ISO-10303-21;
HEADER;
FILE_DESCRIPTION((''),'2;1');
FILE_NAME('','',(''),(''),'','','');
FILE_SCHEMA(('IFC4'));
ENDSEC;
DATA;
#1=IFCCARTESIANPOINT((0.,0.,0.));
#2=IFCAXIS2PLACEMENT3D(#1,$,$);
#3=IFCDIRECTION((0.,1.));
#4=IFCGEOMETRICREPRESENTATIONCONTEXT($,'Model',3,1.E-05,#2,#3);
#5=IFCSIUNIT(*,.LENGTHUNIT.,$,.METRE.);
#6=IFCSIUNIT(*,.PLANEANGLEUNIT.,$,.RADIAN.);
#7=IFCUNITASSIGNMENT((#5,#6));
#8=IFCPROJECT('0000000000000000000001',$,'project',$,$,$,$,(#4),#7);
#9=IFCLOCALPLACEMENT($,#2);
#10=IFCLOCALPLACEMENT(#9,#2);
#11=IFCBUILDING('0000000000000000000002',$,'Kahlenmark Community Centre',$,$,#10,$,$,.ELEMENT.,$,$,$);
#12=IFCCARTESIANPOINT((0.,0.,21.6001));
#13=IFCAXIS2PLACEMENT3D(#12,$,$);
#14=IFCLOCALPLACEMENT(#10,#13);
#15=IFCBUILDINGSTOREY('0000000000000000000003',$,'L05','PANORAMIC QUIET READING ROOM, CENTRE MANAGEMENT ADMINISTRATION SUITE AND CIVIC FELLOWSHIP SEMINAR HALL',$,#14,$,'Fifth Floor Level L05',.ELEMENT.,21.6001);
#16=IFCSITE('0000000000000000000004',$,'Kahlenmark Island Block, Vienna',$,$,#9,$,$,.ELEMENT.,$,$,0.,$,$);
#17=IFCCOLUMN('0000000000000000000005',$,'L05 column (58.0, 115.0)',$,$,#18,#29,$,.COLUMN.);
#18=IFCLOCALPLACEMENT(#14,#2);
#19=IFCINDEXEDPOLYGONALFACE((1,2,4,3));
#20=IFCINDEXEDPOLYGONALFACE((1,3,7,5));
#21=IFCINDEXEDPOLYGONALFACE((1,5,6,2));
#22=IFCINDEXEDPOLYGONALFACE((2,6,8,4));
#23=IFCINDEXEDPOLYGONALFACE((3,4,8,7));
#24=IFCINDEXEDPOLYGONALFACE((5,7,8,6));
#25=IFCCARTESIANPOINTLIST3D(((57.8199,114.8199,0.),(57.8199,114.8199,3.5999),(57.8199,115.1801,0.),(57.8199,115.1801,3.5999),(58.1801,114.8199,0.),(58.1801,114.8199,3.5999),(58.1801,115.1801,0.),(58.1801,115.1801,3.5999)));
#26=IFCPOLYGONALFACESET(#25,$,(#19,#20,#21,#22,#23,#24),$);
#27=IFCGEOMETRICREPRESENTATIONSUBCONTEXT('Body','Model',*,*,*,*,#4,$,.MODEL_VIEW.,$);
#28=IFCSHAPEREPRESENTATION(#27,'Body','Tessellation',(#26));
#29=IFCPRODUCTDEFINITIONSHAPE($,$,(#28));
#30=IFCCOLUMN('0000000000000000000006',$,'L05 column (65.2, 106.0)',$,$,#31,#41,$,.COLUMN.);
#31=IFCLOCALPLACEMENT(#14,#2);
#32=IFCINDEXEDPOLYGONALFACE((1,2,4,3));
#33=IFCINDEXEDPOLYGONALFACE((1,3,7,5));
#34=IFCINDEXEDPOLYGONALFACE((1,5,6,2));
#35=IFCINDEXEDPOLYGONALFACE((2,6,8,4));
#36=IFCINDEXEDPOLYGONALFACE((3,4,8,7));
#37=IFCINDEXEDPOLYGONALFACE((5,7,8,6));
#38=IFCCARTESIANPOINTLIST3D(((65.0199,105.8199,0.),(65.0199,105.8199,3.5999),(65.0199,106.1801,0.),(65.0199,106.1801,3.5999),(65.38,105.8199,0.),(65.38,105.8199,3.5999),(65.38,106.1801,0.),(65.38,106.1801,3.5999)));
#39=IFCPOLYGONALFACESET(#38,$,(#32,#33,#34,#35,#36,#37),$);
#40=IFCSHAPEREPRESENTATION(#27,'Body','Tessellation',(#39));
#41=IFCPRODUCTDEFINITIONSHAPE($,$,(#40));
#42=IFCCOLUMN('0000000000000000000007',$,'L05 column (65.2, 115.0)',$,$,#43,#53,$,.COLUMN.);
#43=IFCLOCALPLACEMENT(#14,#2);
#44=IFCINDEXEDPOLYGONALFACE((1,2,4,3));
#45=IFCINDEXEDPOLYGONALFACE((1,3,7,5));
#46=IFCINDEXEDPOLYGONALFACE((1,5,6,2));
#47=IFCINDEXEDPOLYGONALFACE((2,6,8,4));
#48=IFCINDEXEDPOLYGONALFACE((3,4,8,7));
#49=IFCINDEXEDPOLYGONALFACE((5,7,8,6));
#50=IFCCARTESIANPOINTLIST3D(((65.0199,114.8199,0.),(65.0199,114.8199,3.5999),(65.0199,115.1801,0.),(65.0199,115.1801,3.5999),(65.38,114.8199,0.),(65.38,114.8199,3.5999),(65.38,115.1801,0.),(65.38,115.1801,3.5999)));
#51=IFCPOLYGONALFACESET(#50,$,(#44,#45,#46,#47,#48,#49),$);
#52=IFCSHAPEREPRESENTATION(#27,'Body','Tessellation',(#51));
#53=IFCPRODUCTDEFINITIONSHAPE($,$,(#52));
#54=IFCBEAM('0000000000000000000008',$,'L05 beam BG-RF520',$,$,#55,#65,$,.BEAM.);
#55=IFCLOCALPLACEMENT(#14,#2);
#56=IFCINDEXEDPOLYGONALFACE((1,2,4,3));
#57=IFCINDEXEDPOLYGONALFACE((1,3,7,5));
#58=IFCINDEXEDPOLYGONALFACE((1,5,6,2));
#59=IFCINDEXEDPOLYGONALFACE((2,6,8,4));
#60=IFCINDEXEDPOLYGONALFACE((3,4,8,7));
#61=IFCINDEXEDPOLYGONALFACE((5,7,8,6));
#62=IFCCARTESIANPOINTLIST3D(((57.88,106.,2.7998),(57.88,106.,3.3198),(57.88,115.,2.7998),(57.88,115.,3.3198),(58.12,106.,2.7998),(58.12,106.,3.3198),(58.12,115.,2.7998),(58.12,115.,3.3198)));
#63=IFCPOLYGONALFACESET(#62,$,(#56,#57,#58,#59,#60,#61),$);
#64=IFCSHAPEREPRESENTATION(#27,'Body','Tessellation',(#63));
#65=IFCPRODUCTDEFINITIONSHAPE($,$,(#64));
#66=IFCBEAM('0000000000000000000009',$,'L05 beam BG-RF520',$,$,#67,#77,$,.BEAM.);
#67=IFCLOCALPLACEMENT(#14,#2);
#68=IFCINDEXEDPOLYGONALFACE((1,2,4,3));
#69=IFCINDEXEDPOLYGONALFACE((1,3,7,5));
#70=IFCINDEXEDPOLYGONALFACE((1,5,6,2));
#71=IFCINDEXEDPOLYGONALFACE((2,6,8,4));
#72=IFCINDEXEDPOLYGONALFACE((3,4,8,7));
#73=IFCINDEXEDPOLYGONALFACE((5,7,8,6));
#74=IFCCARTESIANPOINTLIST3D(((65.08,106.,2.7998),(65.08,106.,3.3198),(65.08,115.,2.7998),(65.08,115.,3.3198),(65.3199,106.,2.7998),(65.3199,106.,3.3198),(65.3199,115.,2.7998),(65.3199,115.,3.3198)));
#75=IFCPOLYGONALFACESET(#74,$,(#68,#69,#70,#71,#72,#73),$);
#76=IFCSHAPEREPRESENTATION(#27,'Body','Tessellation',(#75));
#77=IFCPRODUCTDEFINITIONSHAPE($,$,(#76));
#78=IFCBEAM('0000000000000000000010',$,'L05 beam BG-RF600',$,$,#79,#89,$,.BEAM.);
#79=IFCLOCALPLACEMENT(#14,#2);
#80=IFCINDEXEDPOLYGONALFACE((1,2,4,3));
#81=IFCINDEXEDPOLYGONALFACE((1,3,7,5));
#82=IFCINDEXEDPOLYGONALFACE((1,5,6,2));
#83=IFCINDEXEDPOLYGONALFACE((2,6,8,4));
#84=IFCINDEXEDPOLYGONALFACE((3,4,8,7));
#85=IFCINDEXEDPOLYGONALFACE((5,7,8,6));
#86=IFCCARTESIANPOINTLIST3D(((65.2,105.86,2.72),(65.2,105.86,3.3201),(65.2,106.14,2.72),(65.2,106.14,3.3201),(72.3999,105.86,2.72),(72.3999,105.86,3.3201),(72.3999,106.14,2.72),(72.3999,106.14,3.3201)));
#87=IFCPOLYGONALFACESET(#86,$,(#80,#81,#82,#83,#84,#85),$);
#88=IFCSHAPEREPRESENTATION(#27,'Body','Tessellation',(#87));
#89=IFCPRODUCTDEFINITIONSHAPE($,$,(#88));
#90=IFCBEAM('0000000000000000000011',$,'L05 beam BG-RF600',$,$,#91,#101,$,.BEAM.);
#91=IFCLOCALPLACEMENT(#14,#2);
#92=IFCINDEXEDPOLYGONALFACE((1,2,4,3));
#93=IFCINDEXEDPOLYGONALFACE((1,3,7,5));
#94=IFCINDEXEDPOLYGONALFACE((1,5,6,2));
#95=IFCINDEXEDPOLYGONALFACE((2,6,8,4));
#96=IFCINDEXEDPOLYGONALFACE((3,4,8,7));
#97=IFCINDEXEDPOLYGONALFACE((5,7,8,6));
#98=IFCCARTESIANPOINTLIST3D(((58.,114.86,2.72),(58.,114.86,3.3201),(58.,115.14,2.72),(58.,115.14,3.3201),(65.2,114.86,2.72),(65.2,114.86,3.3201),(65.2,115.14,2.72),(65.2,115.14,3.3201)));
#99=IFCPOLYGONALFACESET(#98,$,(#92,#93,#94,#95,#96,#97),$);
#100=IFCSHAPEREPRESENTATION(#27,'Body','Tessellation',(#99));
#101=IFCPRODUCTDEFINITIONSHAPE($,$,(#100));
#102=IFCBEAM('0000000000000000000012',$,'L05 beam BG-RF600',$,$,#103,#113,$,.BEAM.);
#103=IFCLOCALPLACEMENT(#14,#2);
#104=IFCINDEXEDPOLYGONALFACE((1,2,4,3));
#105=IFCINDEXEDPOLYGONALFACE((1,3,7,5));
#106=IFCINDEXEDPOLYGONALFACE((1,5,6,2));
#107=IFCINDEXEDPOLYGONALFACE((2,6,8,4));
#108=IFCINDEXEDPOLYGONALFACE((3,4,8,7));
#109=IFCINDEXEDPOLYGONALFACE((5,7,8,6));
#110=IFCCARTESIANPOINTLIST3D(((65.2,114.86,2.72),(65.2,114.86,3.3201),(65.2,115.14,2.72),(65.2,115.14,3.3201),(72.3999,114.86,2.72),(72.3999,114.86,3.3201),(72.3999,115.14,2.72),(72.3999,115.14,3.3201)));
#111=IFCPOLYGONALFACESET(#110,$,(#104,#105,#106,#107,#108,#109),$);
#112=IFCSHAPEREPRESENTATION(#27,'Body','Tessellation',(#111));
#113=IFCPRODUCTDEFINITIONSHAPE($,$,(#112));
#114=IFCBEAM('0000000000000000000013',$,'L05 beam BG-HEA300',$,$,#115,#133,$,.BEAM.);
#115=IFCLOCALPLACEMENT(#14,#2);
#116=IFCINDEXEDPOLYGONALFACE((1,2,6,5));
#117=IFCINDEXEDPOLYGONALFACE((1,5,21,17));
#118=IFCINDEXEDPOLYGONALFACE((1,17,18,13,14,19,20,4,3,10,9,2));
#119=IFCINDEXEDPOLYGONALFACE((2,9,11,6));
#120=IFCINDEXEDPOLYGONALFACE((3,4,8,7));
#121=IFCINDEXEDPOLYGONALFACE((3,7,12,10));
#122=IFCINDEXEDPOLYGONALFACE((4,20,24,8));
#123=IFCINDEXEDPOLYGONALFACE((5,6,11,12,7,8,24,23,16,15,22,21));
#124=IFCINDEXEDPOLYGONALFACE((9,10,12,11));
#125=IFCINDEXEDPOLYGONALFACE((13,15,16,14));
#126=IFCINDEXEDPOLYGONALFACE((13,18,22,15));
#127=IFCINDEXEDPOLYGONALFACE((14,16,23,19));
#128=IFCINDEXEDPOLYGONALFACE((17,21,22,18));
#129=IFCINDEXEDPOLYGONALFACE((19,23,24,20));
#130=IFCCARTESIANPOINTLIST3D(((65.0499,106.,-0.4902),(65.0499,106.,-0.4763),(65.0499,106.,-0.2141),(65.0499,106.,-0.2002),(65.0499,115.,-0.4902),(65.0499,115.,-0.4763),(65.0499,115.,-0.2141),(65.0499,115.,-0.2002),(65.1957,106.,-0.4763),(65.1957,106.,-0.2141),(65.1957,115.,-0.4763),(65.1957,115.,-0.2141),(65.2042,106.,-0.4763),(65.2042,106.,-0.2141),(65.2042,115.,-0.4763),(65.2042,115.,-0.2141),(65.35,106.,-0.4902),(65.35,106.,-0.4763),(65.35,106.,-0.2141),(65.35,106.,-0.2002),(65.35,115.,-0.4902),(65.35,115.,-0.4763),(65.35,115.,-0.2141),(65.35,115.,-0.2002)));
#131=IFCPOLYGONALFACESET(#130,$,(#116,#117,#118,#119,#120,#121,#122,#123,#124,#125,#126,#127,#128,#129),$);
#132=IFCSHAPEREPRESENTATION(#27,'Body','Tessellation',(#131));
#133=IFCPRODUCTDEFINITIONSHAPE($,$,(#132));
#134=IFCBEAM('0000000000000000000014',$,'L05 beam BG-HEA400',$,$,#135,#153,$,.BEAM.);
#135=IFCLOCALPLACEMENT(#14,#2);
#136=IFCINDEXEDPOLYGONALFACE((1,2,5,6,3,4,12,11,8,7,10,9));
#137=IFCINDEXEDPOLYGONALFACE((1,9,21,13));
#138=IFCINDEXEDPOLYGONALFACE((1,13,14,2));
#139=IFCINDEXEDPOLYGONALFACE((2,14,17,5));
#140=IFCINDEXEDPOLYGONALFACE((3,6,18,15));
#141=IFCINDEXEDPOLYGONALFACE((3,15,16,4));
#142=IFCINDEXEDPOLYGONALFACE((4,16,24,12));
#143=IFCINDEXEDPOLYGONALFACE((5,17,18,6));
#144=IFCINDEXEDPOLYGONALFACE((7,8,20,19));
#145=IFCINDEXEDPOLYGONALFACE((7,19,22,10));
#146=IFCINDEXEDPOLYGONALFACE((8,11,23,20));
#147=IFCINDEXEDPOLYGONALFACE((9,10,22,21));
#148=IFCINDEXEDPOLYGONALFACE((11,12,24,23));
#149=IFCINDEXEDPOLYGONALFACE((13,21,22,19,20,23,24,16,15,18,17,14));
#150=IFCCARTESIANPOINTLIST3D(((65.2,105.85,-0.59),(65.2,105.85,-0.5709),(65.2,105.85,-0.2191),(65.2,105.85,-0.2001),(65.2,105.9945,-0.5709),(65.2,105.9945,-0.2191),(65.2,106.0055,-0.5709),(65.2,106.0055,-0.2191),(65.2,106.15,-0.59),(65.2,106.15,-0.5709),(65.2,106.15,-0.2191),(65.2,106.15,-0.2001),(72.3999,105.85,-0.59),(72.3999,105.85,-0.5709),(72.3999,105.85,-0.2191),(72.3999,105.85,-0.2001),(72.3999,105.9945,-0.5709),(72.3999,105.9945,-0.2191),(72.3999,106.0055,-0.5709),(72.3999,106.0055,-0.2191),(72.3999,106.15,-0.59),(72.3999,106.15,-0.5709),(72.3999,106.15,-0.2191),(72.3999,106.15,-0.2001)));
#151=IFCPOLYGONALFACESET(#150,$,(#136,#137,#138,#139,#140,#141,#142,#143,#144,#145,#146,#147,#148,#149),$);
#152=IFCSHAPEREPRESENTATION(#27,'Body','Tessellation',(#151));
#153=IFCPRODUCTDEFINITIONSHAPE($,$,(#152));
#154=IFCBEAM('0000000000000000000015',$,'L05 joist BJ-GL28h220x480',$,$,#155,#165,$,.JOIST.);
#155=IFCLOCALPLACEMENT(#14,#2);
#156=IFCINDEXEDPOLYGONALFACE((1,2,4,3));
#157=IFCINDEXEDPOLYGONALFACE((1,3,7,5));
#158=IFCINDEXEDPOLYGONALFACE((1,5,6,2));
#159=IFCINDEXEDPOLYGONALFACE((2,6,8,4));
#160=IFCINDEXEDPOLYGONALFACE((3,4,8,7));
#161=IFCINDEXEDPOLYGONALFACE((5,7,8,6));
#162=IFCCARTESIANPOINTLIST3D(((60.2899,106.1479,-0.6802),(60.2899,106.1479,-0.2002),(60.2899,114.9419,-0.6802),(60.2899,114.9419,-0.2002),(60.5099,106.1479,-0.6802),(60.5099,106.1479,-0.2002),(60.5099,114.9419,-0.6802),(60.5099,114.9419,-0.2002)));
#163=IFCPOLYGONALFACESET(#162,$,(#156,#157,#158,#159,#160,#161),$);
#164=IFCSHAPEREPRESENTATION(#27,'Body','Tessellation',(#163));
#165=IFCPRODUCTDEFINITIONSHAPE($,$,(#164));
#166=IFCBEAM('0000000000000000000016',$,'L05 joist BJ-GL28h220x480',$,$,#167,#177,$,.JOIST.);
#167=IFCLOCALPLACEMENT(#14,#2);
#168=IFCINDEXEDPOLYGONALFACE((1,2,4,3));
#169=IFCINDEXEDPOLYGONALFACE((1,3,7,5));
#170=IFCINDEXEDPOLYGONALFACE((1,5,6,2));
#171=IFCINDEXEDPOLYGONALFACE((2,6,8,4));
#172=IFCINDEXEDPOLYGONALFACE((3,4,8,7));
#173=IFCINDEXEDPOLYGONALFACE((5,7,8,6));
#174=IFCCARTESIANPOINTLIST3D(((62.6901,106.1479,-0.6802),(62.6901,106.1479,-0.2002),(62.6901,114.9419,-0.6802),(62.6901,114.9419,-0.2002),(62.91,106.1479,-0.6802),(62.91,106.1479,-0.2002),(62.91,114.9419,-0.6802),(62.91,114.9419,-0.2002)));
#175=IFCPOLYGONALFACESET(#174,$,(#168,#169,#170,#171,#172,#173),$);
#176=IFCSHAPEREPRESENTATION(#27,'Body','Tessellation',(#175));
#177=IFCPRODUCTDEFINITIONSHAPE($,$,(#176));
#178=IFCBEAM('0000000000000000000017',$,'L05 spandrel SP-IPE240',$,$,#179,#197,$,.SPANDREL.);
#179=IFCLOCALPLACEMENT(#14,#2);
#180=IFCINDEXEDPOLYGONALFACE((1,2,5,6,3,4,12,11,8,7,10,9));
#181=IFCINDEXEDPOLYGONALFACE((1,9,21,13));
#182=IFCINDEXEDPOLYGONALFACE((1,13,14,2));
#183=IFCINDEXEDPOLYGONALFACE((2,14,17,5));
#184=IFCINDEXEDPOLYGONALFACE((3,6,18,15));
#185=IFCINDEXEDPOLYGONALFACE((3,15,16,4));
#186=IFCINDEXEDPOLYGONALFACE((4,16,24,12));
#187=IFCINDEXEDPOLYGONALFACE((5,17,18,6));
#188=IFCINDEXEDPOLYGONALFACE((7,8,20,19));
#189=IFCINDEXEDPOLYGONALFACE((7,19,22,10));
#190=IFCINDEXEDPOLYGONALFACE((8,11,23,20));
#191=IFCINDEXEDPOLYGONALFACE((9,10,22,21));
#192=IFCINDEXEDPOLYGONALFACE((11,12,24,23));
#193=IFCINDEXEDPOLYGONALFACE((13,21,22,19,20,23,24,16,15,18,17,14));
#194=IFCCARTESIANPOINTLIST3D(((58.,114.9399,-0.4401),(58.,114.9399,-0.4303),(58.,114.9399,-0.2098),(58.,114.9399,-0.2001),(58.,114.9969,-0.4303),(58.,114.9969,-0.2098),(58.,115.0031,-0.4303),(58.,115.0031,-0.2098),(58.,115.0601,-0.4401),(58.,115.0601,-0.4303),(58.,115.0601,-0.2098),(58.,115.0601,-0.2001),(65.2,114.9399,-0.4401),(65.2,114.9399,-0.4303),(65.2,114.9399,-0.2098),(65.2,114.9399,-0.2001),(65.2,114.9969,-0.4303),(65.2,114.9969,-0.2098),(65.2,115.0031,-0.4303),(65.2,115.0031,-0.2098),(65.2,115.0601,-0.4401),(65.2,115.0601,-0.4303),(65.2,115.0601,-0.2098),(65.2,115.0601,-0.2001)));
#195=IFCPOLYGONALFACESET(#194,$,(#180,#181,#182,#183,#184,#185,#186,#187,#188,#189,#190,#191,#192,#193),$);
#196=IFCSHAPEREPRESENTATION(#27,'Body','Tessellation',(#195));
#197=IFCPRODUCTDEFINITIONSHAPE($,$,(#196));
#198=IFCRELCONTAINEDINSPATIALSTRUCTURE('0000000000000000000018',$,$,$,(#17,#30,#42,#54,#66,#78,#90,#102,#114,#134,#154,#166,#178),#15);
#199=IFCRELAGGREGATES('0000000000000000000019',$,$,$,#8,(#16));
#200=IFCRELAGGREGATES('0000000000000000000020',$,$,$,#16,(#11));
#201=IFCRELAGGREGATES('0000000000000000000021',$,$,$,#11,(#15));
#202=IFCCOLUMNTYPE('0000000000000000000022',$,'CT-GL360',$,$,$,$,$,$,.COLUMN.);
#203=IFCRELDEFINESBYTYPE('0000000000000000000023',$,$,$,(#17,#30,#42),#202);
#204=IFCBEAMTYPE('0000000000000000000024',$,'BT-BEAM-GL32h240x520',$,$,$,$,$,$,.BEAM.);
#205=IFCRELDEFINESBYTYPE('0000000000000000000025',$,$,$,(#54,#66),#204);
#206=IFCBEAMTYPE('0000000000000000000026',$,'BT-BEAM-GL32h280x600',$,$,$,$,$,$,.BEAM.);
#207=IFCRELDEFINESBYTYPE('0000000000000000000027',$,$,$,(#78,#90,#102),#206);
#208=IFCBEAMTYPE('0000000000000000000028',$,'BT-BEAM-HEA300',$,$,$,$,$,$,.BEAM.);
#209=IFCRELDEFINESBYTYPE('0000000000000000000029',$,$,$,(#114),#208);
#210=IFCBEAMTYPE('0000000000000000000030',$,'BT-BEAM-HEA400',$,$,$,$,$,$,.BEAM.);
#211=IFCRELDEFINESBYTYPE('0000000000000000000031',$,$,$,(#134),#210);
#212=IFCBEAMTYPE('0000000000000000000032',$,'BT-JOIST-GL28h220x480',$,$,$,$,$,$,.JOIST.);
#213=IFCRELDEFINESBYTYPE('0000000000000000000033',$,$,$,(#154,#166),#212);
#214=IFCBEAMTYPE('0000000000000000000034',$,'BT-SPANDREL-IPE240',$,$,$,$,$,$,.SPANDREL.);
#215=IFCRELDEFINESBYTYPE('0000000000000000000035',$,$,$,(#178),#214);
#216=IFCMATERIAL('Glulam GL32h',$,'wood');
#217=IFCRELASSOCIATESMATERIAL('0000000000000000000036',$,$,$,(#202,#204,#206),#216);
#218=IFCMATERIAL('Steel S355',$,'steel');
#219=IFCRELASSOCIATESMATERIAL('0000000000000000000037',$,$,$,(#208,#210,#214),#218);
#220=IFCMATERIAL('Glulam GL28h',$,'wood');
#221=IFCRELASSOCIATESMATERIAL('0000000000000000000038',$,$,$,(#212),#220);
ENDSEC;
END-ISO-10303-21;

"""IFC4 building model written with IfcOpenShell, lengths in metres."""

from ifc_helpers import new_model, si_unit, direction, frame, origin, origin_2d, place, context, subcontext, project, spatial, rectangle, i_section, extrude, material, material_profile, profile_set, type_object, element, save


model = new_model("IFC4")

# Units and contexts
model_context = context("Model", 3, precision=1e-05, world=origin(), true_north=direction((0.0, 1.0)))
body_context = subcontext(model_context, "Body", "Model", "MODEL_VIEW")
ifc_project = project(units=[si_unit("LENGTHUNIT", "METRE"), si_unit("PLANEANGLEUNIT", "RADIAN")], contexts=[model_context])

# Site, building, storey
site_placement = place(None, origin())
site = spatial("IfcSite", under=ifc_project, at=site_placement, Name="Kahlenmark Island Block, Vienna", CompositionType="ELEMENT", RefElevation=0.0)
building_placement = place(site_placement, origin())
building = spatial("IfcBuilding", under=site, at=building_placement, Name="Kahlenmark Community Centre", CompositionType="ELEMENT")
storey_placement = place(building_placement, frame((0.0, 0.0, 21.6001)))
storey = spatial("IfcBuildingStorey", under=building, at=storey_placement, Name="L05", Description="PANORAMIC QUIET READING ROOM, CENTRE MANAGEMENT ADMINISTRATION SUITE AND CIVIC FELLOWSHIP SEMINAR HALL", LongName="Fifth Floor Level L05", CompositionType="ELEMENT", Elevation=21.6001)

# Columns
ifc_material_1 = material(Name="Glulam GL32h", Category="wood")
ifc_material_profile_1 = material_profile(ifc_material_1, rectangle(XDim=0.3601, YDim=0.3601, at=origin_2d()), Name="GL32h 360x360")
ifc_profile_set_1 = profile_set([ifc_material_profile_1], Name="Glulam GL32h")
column_type = type_object("IfcColumnType", Name="CT-GL360", PredefinedType="COLUMN", material=ifc_profile_set_1)
for number, where, z_axis, x_axis, name in (
    (1, (58.0, 115.0, 0.0), (0.0, 0.0, 1.0), (1.0, 0.0, 0.0), "L05 column (58.0, 115.0)"),
    (2, (65.2, 106.0, 0.0), (0.0, 0.0, 1.0), (1.0, 0.0, 0.0), "L05 column (65.2, 106.0)"),
    (3, (65.2, 115.0, 0.0), (0.0, 0.0, 1.0), (1.0, 0.0, 0.0), "L05 column (65.2, 115.0)"),
):
    element("IfcColumn", number, at=place(storey_placement, frame(where, z_axis=z_axis, x_axis=x_axis)), inside=storey, type_object=column_type, Name=name, PredefinedType="COLUMN", context=body_context, shape_type="SweptSolid", body=[
        extrude(rectangle(XDim=0.3601, YDim=0.3601, at=origin_2d()), origin(), (0.0, 0.0, 1.0), 3.5999),
    ])

# Beams
ifc_material_profile_2 = material_profile(ifc_material_1, rectangle(XDim=0.24, YDim=0.52, at=origin_2d()), Name="GL32h 240x520")
ifc_profile_set_2 = profile_set([ifc_material_profile_2], Name="Glulam GL32h")
beam_type_1 = type_object("IfcBeamType", Name="BT-BEAM-GL32h240x520", PredefinedType="BEAM", material=ifc_profile_set_2)
for number, where, z_axis, x_axis, name in (
    (4, (58.0, 106.0, 3.0598), (0.0, 1.0, 0.0), (-1.0, 0.0, 0.0), "L05 beam BG-RF520"),
    (5, (65.2, 106.0, 3.0598), (0.0, 1.0, 0.0), (-1.0, 0.0, 0.0), "L05 beam BG-RF520"),
):
    element("IfcBeam", number, at=place(storey_placement, frame(where, z_axis=z_axis, x_axis=x_axis)), inside=storey, type_object=beam_type_1, Name=name, PredefinedType="BEAM", context=body_context, shape_type="SweptSolid", body=[
        extrude(rectangle(XDim=0.24, YDim=0.52, at=origin_2d()), origin(), (0.0, 0.0, 1.0), 9.0),
    ])
ifc_material_profile_3 = material_profile(ifc_material_1, rectangle(XDim=0.28, YDim=0.6001, at=origin_2d()), Name="GL32h 280x600")
ifc_profile_set_3 = profile_set([ifc_material_profile_3], Name="Glulam GL32h")
beam_type_2 = type_object("IfcBeamType", Name="BT-BEAM-GL32h280x600", PredefinedType="BEAM", material=ifc_profile_set_3)
for number, where, z_axis, x_axis, name in (
    (6, (65.2, 106.0, 3.02), (1.0, 0.0, 0.0), (0.0, 1.0, 0.0), "L05 beam BG-RF600"),
    (7, (58.0, 115.0, 3.02), (1.0, 0.0, 0.0), (0.0, 1.0, 0.0), "L05 beam BG-RF600"),
    (8, (65.2, 115.0, 3.02), (1.0, 0.0, 0.0), (0.0, 1.0, 0.0), "L05 beam BG-RF600"),
):
    element("IfcBeam", number, at=place(storey_placement, frame(where, z_axis=z_axis, x_axis=x_axis)), inside=storey, type_object=beam_type_2, Name=name, PredefinedType="BEAM", context=body_context, shape_type="SweptSolid", body=[
        extrude(rectangle(XDim=0.28, YDim=0.6001, at=origin_2d()), origin(), (0.0, 0.0, 1.0), 7.2),
    ])
ifc_material_2 = material(Name="Steel S355", Category="steel")
ifc_material_profile_4 = material_profile(ifc_material_2, i_section(OverallWidth=0.3, OverallDepth=0.29, WebThickness=0.0085, FlangeThickness=0.0139, at=origin_2d()), Name="HEA 300")
ifc_profile_set_4 = profile_set([ifc_material_profile_4], Name="Steel S355")
beam_type_3 = type_object("IfcBeamType", Name="BT-BEAM-HEA300", PredefinedType="BEAM", material=ifc_profile_set_4)
beam_1_placement = place(storey_placement, frame((65.2, 106.0, -0.3452), z_axis=(0.0, 1.0, 0.0), x_axis=(-1.0, 0.0, 0.0)))
element("IfcBeam", 9, at=beam_1_placement, inside=storey, type_object=beam_type_3, Name="L05 beam BG-HEA300", PredefinedType="BEAM", context=body_context, shape_type="SweptSolid", body=[
    extrude(i_section(OverallWidth=0.3, OverallDepth=0.29, WebThickness=0.0085, FlangeThickness=0.0139, at=origin_2d()), origin(), (0.0, 0.0, 1.0), 9.0),
])
ifc_material_profile_5 = material_profile(ifc_material_2, i_section(OverallWidth=0.3, OverallDepth=0.3899, WebThickness=0.011, FlangeThickness=0.019, at=origin_2d()), Name="HEA 400")
ifc_profile_set_5 = profile_set([ifc_material_profile_5], Name="Steel S355")
beam_type_4 = type_object("IfcBeamType", Name="BT-BEAM-HEA400", PredefinedType="BEAM", material=ifc_profile_set_5)
beam_2_placement = place(storey_placement, frame((65.2, 106.0, -0.395), z_axis=(1.0, 0.0, 0.0), x_axis=(0.0, 1.0, 0.0)))
element("IfcBeam", 10, at=beam_2_placement, inside=storey, type_object=beam_type_4, Name="L05 beam BG-HEA400", PredefinedType="BEAM", context=body_context, shape_type="SweptSolid", body=[
    extrude(i_section(OverallWidth=0.3, OverallDepth=0.3899, WebThickness=0.011, FlangeThickness=0.019, at=origin_2d()), origin(), (0.0, 0.0, 1.0), 7.2),
])
ifc_material_3 = material(Name="Glulam GL28h", Category="wood")
ifc_material_profile_6 = material_profile(ifc_material_3, rectangle(XDim=0.22, YDim=0.48, at=origin_2d()), Name="GL28h 220x480")
ifc_profile_set_6 = profile_set([ifc_material_profile_6], Name="Glulam GL28h")
beam_type_5 = type_object("IfcBeamType", Name="BT-JOIST-GL28h220x480", PredefinedType="JOIST", material=ifc_profile_set_6)
for number, where, z_axis, x_axis, name in (
    (11, (60.3999, 106.1479, -0.4402), (0.0, 1.0, 0.0), (-1.0, 0.0, 0.0), "L05 joist BJ-GL28h220x480"),
    (12, (62.8, 106.1479, -0.4402), (0.0, 1.0, 0.0), (-1.0, 0.0, 0.0), "L05 joist BJ-GL28h220x480"),
):
    element("IfcBeam", number, at=place(storey_placement, frame(where, z_axis=z_axis, x_axis=x_axis)), inside=storey, type_object=beam_type_5, Name=name, PredefinedType="JOIST", context=body_context, shape_type="SweptSolid", body=[
        extrude(rectangle(XDim=0.22, YDim=0.48, at=origin_2d()), origin(), (0.0, 0.0, 1.0), 8.7939),
    ])
ifc_material_profile_7 = material_profile(ifc_material_2, i_section(OverallWidth=0.1201, OverallDepth=0.24, WebThickness=0.0061, FlangeThickness=0.0098, at=origin_2d()), Name="IPE 240")
ifc_profile_set_7 = profile_set([ifc_material_profile_7], Name="Steel S355")
beam_type_6 = type_object("IfcBeamType", Name="BT-SPANDREL-IPE240", PredefinedType="SPANDREL", material=ifc_profile_set_7)
for number, where, z_axis, x_axis, name in (
    (13, (58.0, 115.0, -0.3201), (1.0, 0.0, 0.0), (0.0, 1.0, 0.0), "L05 spandrel SP-IPE240"),
):
    element("IfcBeam", number, at=place(storey_placement, frame(where, z_axis=z_axis, x_axis=x_axis)), inside=storey, type_object=beam_type_6, Name=name, PredefinedType="SPANDREL", context=body_context, shape_type="SweptSolid", body=[
        extrude(i_section(OverallWidth=0.1201, OverallDepth=0.24, WebThickness=0.0061, FlangeThickness=0.0098, at=origin_2d()), origin(), (0.0, 0.0, 1.0), 7.2),
    ])

save(model, "model.ifc")
